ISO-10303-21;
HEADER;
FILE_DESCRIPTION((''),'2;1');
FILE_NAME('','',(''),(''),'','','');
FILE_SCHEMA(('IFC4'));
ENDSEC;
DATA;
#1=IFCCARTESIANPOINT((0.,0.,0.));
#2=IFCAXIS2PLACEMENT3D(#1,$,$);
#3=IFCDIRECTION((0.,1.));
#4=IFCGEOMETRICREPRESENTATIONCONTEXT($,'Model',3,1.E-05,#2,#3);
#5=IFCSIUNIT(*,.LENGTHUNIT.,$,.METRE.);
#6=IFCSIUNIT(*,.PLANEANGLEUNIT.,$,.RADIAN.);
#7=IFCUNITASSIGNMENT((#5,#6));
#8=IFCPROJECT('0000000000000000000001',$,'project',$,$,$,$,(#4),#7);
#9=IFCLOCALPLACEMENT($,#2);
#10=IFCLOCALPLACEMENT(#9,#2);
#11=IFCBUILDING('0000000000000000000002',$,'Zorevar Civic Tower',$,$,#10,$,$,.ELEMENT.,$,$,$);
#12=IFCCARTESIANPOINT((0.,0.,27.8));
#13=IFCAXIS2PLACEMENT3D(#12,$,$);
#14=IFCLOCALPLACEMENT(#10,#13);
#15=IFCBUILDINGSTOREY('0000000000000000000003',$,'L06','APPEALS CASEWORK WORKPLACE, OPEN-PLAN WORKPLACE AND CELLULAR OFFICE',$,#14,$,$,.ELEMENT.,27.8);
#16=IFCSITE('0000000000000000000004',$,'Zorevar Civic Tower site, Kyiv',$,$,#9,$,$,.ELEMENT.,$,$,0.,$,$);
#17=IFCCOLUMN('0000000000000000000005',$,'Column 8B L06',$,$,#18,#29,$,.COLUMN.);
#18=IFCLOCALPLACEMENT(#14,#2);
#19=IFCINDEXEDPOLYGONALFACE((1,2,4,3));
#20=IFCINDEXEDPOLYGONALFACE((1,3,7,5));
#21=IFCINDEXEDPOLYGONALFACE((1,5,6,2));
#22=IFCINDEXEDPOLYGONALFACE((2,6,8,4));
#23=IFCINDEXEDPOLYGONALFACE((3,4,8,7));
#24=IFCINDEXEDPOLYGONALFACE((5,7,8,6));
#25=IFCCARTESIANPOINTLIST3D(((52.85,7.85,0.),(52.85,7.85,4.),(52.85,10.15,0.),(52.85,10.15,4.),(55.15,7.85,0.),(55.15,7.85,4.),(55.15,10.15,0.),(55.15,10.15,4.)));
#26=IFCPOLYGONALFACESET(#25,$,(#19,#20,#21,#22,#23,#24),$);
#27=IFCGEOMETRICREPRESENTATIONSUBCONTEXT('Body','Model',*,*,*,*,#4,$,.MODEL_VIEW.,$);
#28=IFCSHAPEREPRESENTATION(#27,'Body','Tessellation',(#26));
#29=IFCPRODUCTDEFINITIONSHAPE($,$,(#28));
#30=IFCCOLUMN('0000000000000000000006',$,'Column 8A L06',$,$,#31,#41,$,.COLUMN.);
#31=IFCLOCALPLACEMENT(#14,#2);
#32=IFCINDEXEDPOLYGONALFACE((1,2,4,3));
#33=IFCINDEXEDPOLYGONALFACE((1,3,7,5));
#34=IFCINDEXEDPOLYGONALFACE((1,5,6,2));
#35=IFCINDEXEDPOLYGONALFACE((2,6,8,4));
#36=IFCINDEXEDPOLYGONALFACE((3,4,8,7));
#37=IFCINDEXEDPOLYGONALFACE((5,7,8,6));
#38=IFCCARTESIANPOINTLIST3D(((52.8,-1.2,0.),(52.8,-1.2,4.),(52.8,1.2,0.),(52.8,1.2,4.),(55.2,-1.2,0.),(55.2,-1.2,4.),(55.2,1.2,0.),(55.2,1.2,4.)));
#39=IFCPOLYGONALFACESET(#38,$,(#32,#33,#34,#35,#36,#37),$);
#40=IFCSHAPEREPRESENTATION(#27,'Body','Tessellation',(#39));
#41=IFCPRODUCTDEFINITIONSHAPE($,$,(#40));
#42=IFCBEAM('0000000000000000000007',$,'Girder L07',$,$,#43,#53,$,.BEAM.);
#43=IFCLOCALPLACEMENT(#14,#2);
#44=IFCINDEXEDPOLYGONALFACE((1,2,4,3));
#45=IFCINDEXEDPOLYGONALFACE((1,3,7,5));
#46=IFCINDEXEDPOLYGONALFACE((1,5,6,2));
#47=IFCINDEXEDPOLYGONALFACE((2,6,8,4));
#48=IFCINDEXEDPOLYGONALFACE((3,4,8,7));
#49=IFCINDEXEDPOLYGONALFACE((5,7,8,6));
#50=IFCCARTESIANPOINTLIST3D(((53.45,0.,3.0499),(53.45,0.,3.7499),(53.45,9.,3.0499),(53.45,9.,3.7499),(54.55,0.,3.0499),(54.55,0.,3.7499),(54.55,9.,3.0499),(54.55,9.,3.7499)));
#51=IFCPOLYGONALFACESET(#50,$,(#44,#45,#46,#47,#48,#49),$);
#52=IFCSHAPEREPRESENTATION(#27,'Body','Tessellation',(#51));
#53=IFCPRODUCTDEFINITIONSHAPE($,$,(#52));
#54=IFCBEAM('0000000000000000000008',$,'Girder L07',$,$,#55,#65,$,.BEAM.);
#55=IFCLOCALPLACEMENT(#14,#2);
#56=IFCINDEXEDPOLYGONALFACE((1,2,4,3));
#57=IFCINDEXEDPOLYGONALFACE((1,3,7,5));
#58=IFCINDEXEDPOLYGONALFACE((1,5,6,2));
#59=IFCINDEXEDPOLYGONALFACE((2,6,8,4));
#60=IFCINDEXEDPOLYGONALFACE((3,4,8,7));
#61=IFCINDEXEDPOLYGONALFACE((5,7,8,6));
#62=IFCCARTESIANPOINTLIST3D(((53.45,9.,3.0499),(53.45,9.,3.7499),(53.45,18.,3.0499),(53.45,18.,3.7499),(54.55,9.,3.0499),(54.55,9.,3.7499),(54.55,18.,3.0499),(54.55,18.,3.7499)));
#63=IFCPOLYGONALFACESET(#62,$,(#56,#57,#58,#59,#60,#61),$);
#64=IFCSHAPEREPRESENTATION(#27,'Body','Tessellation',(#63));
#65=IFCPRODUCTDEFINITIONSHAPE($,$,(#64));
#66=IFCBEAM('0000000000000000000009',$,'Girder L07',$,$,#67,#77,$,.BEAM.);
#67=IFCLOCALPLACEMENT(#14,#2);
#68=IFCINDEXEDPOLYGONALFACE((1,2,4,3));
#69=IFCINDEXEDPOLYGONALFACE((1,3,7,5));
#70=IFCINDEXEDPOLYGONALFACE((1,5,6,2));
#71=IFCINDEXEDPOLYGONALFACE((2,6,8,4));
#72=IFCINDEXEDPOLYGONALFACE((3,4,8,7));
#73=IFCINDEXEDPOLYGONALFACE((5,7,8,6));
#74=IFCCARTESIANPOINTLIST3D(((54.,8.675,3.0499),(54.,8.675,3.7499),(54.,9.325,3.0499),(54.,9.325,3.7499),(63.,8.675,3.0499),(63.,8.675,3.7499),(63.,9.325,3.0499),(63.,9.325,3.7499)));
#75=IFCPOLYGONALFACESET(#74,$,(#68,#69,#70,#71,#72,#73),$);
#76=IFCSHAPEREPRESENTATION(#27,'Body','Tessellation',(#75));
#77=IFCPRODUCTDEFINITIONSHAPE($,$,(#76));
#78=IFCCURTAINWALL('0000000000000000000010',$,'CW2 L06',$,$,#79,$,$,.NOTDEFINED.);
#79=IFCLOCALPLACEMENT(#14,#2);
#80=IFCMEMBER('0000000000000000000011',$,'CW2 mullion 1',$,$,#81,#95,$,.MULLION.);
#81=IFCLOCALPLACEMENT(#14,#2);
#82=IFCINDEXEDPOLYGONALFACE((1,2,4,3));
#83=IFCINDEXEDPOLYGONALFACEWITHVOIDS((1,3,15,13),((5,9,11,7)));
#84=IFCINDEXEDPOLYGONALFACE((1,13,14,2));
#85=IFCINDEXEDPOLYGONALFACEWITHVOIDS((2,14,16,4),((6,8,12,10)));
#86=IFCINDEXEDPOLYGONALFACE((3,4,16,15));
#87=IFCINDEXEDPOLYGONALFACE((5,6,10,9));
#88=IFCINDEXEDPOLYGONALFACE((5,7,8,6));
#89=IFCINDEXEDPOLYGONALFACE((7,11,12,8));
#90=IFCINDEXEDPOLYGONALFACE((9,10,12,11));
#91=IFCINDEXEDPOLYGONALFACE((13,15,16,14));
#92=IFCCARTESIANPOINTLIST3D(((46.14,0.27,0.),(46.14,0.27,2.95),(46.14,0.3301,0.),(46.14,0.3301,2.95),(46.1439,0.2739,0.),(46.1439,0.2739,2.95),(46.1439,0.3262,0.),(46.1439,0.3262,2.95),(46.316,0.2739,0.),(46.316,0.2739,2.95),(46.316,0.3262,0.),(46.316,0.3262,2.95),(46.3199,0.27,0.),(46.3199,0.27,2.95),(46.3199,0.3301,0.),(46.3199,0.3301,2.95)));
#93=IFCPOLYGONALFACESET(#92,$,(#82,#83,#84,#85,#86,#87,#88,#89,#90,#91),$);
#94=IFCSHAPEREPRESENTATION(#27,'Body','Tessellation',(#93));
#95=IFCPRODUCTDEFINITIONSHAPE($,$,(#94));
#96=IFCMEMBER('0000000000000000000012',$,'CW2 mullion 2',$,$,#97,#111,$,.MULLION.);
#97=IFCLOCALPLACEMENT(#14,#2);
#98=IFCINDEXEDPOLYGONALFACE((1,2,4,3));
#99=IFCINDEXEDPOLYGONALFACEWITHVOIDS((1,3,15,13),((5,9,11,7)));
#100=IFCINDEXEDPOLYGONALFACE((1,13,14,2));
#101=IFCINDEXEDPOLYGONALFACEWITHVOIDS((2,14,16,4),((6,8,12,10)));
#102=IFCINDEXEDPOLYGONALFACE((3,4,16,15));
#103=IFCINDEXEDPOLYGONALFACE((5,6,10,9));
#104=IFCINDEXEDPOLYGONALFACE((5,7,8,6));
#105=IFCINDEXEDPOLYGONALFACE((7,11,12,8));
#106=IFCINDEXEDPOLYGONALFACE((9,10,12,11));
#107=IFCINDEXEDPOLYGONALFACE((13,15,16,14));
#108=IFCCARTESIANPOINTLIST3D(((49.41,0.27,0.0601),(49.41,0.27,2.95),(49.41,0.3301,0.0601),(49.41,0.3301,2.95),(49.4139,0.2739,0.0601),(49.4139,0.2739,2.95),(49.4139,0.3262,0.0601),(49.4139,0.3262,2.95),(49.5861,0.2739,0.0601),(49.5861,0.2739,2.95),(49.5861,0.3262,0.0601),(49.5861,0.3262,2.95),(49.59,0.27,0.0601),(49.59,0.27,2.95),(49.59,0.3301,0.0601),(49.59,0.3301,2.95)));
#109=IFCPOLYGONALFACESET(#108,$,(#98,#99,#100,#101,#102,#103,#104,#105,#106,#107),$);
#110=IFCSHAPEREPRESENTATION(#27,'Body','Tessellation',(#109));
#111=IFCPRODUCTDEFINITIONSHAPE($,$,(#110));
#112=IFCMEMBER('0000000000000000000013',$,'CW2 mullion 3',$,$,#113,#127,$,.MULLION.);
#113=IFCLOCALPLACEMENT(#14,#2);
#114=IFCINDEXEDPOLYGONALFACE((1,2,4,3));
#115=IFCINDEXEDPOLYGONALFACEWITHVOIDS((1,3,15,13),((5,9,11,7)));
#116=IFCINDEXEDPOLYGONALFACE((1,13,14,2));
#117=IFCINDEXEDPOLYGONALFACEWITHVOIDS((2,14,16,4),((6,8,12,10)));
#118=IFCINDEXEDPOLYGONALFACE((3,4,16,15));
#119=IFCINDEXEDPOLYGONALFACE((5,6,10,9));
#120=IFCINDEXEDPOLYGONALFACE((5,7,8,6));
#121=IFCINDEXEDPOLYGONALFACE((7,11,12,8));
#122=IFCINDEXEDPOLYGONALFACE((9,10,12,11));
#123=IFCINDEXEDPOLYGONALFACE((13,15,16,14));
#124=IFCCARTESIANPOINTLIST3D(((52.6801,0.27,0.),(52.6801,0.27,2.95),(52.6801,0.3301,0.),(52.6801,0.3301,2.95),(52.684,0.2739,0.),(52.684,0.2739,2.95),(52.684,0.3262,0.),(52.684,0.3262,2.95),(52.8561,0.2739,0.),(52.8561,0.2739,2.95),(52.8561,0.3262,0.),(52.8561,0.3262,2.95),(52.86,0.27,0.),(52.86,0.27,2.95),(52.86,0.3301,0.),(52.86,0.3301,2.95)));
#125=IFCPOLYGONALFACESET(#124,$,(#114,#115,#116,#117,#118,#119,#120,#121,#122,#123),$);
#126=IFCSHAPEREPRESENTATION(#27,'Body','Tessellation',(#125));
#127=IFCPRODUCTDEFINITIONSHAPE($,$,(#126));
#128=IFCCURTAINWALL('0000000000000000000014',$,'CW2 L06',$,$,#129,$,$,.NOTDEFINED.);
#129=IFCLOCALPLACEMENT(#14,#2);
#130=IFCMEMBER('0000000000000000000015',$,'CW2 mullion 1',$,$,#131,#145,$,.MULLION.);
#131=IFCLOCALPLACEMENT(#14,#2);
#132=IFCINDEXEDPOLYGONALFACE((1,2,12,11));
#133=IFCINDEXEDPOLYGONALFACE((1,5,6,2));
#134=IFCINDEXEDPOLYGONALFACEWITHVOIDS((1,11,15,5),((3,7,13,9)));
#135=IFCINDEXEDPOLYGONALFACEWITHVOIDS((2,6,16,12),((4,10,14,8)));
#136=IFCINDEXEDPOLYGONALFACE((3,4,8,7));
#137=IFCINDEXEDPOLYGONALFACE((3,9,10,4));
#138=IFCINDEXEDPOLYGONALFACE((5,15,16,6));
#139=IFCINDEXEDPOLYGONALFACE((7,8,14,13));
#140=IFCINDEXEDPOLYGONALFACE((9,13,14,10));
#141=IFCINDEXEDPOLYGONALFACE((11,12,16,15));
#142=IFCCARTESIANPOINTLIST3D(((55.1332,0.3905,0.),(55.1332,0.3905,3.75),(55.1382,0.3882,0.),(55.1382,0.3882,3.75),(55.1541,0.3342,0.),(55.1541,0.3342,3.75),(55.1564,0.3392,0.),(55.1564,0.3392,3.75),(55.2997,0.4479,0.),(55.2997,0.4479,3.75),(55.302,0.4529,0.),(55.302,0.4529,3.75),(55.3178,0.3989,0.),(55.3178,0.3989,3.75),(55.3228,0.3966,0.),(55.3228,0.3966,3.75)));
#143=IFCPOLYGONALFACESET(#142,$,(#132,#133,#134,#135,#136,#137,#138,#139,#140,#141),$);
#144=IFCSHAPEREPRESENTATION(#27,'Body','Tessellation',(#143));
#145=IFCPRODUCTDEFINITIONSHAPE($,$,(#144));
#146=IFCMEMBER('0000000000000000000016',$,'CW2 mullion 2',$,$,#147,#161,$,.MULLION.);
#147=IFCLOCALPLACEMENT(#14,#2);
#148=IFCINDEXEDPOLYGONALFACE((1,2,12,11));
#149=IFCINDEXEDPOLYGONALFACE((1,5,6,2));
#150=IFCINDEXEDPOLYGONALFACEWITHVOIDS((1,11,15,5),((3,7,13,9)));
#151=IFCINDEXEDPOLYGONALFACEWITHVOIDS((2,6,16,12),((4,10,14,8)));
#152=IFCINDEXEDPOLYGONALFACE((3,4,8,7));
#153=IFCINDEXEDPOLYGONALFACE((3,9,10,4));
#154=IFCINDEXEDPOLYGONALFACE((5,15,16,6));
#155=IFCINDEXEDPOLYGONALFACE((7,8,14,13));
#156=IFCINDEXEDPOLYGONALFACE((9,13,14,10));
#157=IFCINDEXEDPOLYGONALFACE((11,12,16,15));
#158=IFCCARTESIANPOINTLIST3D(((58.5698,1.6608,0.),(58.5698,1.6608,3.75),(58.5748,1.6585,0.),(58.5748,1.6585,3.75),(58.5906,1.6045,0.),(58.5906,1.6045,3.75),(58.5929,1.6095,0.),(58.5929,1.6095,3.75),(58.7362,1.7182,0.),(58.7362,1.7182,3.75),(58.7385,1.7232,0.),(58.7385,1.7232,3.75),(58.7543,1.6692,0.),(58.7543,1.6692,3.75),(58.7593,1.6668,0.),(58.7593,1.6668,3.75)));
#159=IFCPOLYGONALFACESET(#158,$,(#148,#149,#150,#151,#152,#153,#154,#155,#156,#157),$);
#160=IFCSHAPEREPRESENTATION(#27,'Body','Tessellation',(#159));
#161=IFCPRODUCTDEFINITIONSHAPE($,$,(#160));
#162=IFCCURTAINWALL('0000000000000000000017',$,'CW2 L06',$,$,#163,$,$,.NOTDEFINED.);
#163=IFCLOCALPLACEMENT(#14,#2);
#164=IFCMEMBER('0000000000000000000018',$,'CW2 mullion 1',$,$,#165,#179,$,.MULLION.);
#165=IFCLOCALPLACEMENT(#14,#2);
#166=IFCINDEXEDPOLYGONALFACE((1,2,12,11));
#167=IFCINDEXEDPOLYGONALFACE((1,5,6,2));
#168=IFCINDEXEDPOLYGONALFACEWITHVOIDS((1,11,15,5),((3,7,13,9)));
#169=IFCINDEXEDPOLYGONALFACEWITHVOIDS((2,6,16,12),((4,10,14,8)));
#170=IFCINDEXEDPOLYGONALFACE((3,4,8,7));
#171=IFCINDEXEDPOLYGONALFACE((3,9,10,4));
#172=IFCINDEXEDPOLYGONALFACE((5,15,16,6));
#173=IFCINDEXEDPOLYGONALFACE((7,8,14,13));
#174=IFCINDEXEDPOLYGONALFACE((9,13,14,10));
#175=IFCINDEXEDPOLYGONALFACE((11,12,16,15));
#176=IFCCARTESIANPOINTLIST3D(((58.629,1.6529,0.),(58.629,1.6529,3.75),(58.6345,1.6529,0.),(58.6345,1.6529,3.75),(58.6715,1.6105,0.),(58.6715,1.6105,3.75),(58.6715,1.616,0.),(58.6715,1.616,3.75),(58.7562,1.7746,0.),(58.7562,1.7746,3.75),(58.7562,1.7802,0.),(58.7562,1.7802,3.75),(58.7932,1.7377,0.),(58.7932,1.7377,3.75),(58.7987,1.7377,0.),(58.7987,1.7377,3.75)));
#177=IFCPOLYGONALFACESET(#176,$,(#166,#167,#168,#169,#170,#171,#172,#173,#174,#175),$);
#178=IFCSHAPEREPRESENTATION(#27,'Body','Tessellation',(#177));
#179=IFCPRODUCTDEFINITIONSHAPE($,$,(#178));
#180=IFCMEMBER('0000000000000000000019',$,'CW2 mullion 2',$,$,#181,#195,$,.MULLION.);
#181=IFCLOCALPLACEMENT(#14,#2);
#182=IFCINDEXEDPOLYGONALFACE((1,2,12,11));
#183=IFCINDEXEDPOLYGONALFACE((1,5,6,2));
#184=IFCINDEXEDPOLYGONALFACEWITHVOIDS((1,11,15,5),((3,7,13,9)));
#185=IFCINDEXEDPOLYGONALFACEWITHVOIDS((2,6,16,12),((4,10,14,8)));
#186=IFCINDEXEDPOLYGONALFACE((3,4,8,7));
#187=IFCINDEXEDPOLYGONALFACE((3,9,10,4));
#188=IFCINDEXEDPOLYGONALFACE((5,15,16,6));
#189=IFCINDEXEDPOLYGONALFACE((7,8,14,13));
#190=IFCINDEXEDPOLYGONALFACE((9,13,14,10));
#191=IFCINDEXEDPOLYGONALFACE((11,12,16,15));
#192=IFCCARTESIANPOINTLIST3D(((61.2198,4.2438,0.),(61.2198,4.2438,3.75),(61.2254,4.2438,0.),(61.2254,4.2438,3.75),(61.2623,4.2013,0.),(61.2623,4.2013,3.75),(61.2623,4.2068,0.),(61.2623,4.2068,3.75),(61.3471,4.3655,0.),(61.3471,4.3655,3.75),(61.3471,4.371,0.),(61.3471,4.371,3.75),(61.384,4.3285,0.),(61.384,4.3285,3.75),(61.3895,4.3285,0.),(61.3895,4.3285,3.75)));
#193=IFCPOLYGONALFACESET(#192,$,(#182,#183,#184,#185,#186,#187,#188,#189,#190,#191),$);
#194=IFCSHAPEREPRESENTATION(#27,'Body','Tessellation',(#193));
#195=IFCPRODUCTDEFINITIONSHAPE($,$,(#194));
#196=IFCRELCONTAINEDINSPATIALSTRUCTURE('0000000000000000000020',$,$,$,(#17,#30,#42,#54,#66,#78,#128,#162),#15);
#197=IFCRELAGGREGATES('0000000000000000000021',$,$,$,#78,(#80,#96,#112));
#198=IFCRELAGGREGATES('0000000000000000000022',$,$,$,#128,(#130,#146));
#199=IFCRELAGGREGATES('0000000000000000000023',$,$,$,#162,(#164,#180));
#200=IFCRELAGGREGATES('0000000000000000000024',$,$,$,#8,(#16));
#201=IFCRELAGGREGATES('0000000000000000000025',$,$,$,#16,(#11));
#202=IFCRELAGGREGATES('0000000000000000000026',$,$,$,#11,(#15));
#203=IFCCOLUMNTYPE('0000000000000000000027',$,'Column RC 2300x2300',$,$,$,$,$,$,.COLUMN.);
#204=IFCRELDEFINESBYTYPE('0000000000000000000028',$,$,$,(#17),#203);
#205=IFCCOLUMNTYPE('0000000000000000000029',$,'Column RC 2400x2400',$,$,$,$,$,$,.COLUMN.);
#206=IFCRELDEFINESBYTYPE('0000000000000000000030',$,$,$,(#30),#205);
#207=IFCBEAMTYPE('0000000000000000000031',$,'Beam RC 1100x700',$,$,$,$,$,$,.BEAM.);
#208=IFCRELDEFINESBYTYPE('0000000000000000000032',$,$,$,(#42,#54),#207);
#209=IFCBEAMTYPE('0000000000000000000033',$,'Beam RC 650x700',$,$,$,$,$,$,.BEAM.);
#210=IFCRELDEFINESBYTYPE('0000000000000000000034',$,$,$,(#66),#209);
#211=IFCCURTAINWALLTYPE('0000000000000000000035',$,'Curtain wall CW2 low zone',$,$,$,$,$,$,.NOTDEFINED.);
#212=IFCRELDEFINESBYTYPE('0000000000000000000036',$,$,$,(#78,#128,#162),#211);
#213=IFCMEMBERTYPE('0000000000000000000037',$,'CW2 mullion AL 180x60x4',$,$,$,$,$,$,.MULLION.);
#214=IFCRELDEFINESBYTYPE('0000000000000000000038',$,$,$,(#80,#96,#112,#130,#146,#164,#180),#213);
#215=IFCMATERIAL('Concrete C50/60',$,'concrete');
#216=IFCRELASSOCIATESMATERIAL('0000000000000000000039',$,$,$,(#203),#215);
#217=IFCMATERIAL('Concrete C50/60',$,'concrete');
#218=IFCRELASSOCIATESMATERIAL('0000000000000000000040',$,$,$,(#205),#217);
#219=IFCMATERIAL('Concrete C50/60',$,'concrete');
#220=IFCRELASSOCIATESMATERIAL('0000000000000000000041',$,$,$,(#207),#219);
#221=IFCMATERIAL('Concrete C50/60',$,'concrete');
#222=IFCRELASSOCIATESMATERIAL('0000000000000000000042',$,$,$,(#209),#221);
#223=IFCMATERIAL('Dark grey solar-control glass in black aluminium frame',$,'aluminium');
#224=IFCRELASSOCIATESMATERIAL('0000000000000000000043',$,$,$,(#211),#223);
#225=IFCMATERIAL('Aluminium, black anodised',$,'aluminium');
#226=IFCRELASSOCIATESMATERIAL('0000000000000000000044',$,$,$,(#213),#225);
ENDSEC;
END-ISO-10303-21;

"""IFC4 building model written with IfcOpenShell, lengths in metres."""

from ifc_helpers import new_model, si_unit, direction, frame, origin, origin_2d, place, context, subcontext, project, spatial, rectangle, hollow_rectangle, extrude, material, material_profile, profile_set, type_object, element, aggregate, save


model = new_model("IFC4")

# Units and contexts
model_context = context("Model", 3, precision=1e-05, world=origin(), true_north=direction((0.0, 1.0)))
body_context = subcontext(model_context, "Body", "Model", "MODEL_VIEW")
ifc_project = project(units=[si_unit("LENGTHUNIT", "METRE"), si_unit("PLANEANGLEUNIT", "RADIAN")], contexts=[model_context])

# Site, building, storey
site_placement = place(None, origin())
site = spatial("IfcSite", under=ifc_project, at=site_placement, Name="Zorevar Civic Tower site, Kyiv", CompositionType="ELEMENT", RefElevation=0.0)
building_placement = place(site_placement, origin())
building = spatial("IfcBuilding", under=site, at=building_placement, Name="Zorevar Civic Tower", CompositionType="ELEMENT")
storey_placement = place(building_placement, frame((0.0, 0.0, 27.8)))
storey = spatial("IfcBuildingStorey", under=building, at=storey_placement, Name="L06", Description="APPEALS CASEWORK WORKPLACE, OPEN-PLAN WORKPLACE AND CELLULAR OFFICE", CompositionType="ELEMENT", Elevation=27.8)

# Columns
ifc_material_1 = material(Name="Concrete C50/60", Category="concrete")
ifc_material_profile_1 = material_profile(ifc_material_1, rectangle(XDim=2.3, YDim=2.3, at=origin_2d()), Name="RC 2300x2300")
ifc_profile_set_1 = profile_set([ifc_material_profile_1], Name="Concrete C50/60")
column_type_1 = type_object("IfcColumnType", Name="Column RC 2300x2300", PredefinedType="COLUMN", material=ifc_profile_set_1)
column_1_placement = place(storey_placement, frame((54.0, 9.0, 0.0), z_axis=(0.0, 0.0, 1.0), x_axis=(1.0, 0.0, 0.0)))
element("IfcColumn", 1, at=column_1_placement, inside=storey, type_object=column_type_1, Name="Column 8B L06", PredefinedType="COLUMN", context=body_context, shape_type="SweptSolid", body=[
    extrude(rectangle(XDim=2.3, YDim=2.3, at=origin_2d()), origin(), (0.0, 0.0, 1.0), 4.0),
])
ifc_material_2 = material(Name="Concrete C50/60", Category="concrete")
ifc_material_profile_2 = material_profile(ifc_material_2, rectangle(XDim=2.3999, YDim=2.3999, at=origin_2d()), Name="RC 2400x2400")
ifc_profile_set_2 = profile_set([ifc_material_profile_2], Name="Concrete C50/60")
column_type_2 = type_object("IfcColumnType", Name="Column RC 2400x2400", PredefinedType="COLUMN", material=ifc_profile_set_2)
column_2_placement = place(storey_placement, frame((54.0, 0.0, 0.0), z_axis=(0.0, 0.0, 1.0), x_axis=(1.0, 0.0, 0.0)))
element("IfcColumn", 2, at=column_2_placement, inside=storey, type_object=column_type_2, Name="Column 8A L06", PredefinedType="COLUMN", context=body_context, shape_type="SweptSolid", body=[
    extrude(rectangle(XDim=2.3999, YDim=2.3999, at=origin_2d()), origin(), (0.0, 0.0, 1.0), 4.0),
])

# Beams
ifc_material_3 = material(Name="Concrete C50/60", Category="concrete")
ifc_material_profile_3 = material_profile(ifc_material_3, rectangle(XDim=1.1001, YDim=0.7, at=origin_2d()), Name="RC 1100x700")
ifc_profile_set_3 = profile_set([ifc_material_profile_3], Name="Concrete C50/60")
beam_type_1 = type_object("IfcBeamType", Name="Beam RC 1100x700", PredefinedType="BEAM", material=ifc_profile_set_3)
for number, where, z_axis, x_axis, name in (
    (3, (54.0, 0.0, 3.3999), (0.0, 1.0, 0.0), (-1.0, 0.0, 0.0), "Girder L07"),
    (4, (54.0, 9.0, 3.3999), (0.0, 1.0, 0.0), (-1.0, 0.0, 0.0), "Girder L07"),
):
    element("IfcBeam", number, at=place(storey_placement, frame(where, z_axis=z_axis, x_axis=x_axis)), inside=storey, type_object=beam_type_1, Name=name, PredefinedType="BEAM", context=body_context, shape_type="SweptSolid", body=[
        extrude(rectangle(XDim=1.1001, YDim=0.7, at=origin_2d()), origin(), (0.0, 0.0, 1.0), 9.0),
    ])
ifc_material_4 = material(Name="Concrete C50/60", Category="concrete")
ifc_material_profile_4 = material_profile(ifc_material_4, rectangle(XDim=0.6499, YDim=0.7, at=origin_2d()), Name="RC 650x700")
ifc_profile_set_4 = profile_set([ifc_material_profile_4], Name="Concrete C50/60")
beam_type_2 = type_object("IfcBeamType", Name="Beam RC 650x700", PredefinedType="BEAM", material=ifc_profile_set_4)
beam_1_placement = place(storey_placement, frame((54.0, 9.0, 3.3999), z_axis=(1.0, 0.0, 0.0), x_axis=(0.0, 1.0, 0.0)))
element("IfcBeam", 5, at=beam_1_placement, inside=storey, type_object=beam_type_2, Name="Girder L07", PredefinedType="BEAM", context=body_context, shape_type="SweptSolid", body=[
    extrude(rectangle(XDim=0.6499, YDim=0.7, at=origin_2d()), origin(), (0.0, 0.0, 1.0), 9.0),
])

# Curtain walls, members
ifc_material_5 = material(Name="Dark grey solar-control glass in black aluminium frame", Category="aluminium")
curtain_wall_type = type_object("IfcCurtainWallType", Name="Curtain wall CW2 low zone", PredefinedType="NOTDEFINED", material=ifc_material_5)
curtain_wall_1_placement = place(storey_placement, origin())
curtain_wall_1 = element("IfcCurtainWall", 6, at=curtain_wall_1_placement, inside=storey, type_object=curtain_wall_type, Name="CW2 L06", PredefinedType="NOTDEFINED")
ifc_material_6 = material(Name="Aluminium, black anodised", Category="aluminium")
ifc_material_profile_5 = material_profile(ifc_material_6, hollow_rectangle(XDim=0.0601, YDim=0.1799, WallThickness=0.0039, at=origin_2d()), Name="AL 180x60x4")
ifc_profile_set_5 = profile_set([ifc_material_profile_5], Name="Aluminium, black anodised")
member_type_1 = type_object("IfcMemberType", Name="CW2 mullion AL 180x60x4", PredefinedType="MULLION", material=ifc_profile_set_5)
member_1_placement = place(storey_placement, frame((46.23, 0.3, 0.0), z_axis=(0.0, 0.0, 1.0), x_axis=(0.0, 1.0, 0.0)))
member_1 = element("IfcMember", 7, at=member_1_placement, type_object=member_type_1, Name="CW2 mullion 1", PredefinedType="MULLION", context=body_context, shape_type="SweptSolid", body=[
    extrude(hollow_rectangle(XDim=0.0601, YDim=0.1799, WallThickness=0.0039, at=origin_2d()), origin(), (0.0, 0.0, 1.0), 2.95),
])
member_2_placement = place(storey_placement, frame((49.5, 0.3, 0.0601), z_axis=(0.0, 0.0, 1.0), x_axis=(0.0, 1.0, 0.0)))
member_2 = element("IfcMember", 8, at=member_2_placement, type_object=member_type_1, Name="CW2 mullion 2", PredefinedType="MULLION", context=body_context, shape_type="SweptSolid", body=[
    extrude(hollow_rectangle(XDim=0.0601, YDim=0.1799, WallThickness=0.0039, at=origin_2d()), origin(), (0.0, 0.0, 1.0), 2.8899),
])
member_3_placement = place(storey_placement, frame((52.77, 0.3, 0.0), z_axis=(0.0, 0.0, 1.0), x_axis=(0.0, 1.0, 0.0)))
member_3 = element("IfcMember", 9, at=member_3_placement, type_object=member_type_1, Name="CW2 mullion 3", PredefinedType="MULLION", context=body_context, shape_type="SweptSolid", body=[
    extrude(hollow_rectangle(XDim=0.0601, YDim=0.1799, WallThickness=0.0039, at=origin_2d()), origin(), (0.0, 0.0, 1.0), 2.95),
])
curtain_wall_2_placement = place(storey_placement, origin())
curtain_wall_2 = element("IfcCurtainWall", 10, at=curtain_wall_2_placement, inside=storey, type_object=curtain_wall_type, Name="CW2 L06", PredefinedType="NOTDEFINED")
member_4_placement = place(storey_placement, frame((55.228, 0.3936, 0.0), z_axis=(0.0, 0.0, 1.0), x_axis=(-0.346704, 0.937975, 0.0)))
member_4 = element("IfcMember", 11, at=member_4_placement, type_object=member_type_1, Name="CW2 mullion 1", PredefinedType="MULLION", context=body_context, shape_type="SweptSolid", body=[
    extrude(hollow_rectangle(XDim=0.0601, YDim=0.1799, WallThickness=0.0039, at=origin_2d()), origin(), (0.0, 0.0, 1.0), 3.75),
])
member_5_placement = place(storey_placement, frame((58.6646, 1.6638, 0.0), z_axis=(0.0, 0.0, 1.0), x_axis=(-0.346704, 0.937975, 0.0)))
member_5 = element("IfcMember", 12, at=member_5_placement, type_object=member_type_1, Name="CW2 mullion 2", PredefinedType="MULLION", context=body_context, shape_type="SweptSolid", body=[
    extrude(hollow_rectangle(XDim=0.0601, YDim=0.1799, WallThickness=0.0039, at=origin_2d()), origin(), (0.0, 0.0, 1.0), 3.75),
])
curtain_wall_3_placement = place(storey_placement, origin())
curtain_wall_3 = element("IfcCurtainWall", 13, at=curtain_wall_3_placement, inside=storey, type_object=curtain_wall_type, Name="CW2 L06", PredefinedType="NOTDEFINED")
member_6_placement = place(storey_placement, frame((58.7139, 1.6953, 0.0), z_axis=(0.0, 0.0, 1.0), x_axis=(-0.707107, 0.707107, 0.0)))
member_6 = element("IfcMember", 14, at=member_6_placement, type_object=member_type_1, Name="CW2 mullion 1", PredefinedType="MULLION", context=body_context, shape_type="SweptSolid", body=[
    extrude(hollow_rectangle(XDim=0.0601, YDim=0.1799, WallThickness=0.0039, at=origin_2d()), origin(), (0.0, 0.0, 1.0), 3.75),
])
member_7_placement = place(storey_placement, frame((61.3047, 4.2861, 0.0), z_axis=(0.0, 0.0, 1.0), x_axis=(-0.707107, 0.707107, 0.0)))
member_7 = element("IfcMember", 15, at=member_7_placement, type_object=member_type_1, Name="CW2 mullion 2", PredefinedType="MULLION", context=body_context, shape_type="SweptSolid", body=[
    extrude(hollow_rectangle(XDim=0.0601, YDim=0.1799, WallThickness=0.0039, at=origin_2d()), origin(), (0.0, 0.0, 1.0), 3.75),
])

aggregate(curtain_wall_1, [member_1, member_2, member_3])
aggregate(curtain_wall_2, [member_4, member_5])
aggregate(curtain_wall_3, [member_6, member_7])

save(model, "model.ifc")
